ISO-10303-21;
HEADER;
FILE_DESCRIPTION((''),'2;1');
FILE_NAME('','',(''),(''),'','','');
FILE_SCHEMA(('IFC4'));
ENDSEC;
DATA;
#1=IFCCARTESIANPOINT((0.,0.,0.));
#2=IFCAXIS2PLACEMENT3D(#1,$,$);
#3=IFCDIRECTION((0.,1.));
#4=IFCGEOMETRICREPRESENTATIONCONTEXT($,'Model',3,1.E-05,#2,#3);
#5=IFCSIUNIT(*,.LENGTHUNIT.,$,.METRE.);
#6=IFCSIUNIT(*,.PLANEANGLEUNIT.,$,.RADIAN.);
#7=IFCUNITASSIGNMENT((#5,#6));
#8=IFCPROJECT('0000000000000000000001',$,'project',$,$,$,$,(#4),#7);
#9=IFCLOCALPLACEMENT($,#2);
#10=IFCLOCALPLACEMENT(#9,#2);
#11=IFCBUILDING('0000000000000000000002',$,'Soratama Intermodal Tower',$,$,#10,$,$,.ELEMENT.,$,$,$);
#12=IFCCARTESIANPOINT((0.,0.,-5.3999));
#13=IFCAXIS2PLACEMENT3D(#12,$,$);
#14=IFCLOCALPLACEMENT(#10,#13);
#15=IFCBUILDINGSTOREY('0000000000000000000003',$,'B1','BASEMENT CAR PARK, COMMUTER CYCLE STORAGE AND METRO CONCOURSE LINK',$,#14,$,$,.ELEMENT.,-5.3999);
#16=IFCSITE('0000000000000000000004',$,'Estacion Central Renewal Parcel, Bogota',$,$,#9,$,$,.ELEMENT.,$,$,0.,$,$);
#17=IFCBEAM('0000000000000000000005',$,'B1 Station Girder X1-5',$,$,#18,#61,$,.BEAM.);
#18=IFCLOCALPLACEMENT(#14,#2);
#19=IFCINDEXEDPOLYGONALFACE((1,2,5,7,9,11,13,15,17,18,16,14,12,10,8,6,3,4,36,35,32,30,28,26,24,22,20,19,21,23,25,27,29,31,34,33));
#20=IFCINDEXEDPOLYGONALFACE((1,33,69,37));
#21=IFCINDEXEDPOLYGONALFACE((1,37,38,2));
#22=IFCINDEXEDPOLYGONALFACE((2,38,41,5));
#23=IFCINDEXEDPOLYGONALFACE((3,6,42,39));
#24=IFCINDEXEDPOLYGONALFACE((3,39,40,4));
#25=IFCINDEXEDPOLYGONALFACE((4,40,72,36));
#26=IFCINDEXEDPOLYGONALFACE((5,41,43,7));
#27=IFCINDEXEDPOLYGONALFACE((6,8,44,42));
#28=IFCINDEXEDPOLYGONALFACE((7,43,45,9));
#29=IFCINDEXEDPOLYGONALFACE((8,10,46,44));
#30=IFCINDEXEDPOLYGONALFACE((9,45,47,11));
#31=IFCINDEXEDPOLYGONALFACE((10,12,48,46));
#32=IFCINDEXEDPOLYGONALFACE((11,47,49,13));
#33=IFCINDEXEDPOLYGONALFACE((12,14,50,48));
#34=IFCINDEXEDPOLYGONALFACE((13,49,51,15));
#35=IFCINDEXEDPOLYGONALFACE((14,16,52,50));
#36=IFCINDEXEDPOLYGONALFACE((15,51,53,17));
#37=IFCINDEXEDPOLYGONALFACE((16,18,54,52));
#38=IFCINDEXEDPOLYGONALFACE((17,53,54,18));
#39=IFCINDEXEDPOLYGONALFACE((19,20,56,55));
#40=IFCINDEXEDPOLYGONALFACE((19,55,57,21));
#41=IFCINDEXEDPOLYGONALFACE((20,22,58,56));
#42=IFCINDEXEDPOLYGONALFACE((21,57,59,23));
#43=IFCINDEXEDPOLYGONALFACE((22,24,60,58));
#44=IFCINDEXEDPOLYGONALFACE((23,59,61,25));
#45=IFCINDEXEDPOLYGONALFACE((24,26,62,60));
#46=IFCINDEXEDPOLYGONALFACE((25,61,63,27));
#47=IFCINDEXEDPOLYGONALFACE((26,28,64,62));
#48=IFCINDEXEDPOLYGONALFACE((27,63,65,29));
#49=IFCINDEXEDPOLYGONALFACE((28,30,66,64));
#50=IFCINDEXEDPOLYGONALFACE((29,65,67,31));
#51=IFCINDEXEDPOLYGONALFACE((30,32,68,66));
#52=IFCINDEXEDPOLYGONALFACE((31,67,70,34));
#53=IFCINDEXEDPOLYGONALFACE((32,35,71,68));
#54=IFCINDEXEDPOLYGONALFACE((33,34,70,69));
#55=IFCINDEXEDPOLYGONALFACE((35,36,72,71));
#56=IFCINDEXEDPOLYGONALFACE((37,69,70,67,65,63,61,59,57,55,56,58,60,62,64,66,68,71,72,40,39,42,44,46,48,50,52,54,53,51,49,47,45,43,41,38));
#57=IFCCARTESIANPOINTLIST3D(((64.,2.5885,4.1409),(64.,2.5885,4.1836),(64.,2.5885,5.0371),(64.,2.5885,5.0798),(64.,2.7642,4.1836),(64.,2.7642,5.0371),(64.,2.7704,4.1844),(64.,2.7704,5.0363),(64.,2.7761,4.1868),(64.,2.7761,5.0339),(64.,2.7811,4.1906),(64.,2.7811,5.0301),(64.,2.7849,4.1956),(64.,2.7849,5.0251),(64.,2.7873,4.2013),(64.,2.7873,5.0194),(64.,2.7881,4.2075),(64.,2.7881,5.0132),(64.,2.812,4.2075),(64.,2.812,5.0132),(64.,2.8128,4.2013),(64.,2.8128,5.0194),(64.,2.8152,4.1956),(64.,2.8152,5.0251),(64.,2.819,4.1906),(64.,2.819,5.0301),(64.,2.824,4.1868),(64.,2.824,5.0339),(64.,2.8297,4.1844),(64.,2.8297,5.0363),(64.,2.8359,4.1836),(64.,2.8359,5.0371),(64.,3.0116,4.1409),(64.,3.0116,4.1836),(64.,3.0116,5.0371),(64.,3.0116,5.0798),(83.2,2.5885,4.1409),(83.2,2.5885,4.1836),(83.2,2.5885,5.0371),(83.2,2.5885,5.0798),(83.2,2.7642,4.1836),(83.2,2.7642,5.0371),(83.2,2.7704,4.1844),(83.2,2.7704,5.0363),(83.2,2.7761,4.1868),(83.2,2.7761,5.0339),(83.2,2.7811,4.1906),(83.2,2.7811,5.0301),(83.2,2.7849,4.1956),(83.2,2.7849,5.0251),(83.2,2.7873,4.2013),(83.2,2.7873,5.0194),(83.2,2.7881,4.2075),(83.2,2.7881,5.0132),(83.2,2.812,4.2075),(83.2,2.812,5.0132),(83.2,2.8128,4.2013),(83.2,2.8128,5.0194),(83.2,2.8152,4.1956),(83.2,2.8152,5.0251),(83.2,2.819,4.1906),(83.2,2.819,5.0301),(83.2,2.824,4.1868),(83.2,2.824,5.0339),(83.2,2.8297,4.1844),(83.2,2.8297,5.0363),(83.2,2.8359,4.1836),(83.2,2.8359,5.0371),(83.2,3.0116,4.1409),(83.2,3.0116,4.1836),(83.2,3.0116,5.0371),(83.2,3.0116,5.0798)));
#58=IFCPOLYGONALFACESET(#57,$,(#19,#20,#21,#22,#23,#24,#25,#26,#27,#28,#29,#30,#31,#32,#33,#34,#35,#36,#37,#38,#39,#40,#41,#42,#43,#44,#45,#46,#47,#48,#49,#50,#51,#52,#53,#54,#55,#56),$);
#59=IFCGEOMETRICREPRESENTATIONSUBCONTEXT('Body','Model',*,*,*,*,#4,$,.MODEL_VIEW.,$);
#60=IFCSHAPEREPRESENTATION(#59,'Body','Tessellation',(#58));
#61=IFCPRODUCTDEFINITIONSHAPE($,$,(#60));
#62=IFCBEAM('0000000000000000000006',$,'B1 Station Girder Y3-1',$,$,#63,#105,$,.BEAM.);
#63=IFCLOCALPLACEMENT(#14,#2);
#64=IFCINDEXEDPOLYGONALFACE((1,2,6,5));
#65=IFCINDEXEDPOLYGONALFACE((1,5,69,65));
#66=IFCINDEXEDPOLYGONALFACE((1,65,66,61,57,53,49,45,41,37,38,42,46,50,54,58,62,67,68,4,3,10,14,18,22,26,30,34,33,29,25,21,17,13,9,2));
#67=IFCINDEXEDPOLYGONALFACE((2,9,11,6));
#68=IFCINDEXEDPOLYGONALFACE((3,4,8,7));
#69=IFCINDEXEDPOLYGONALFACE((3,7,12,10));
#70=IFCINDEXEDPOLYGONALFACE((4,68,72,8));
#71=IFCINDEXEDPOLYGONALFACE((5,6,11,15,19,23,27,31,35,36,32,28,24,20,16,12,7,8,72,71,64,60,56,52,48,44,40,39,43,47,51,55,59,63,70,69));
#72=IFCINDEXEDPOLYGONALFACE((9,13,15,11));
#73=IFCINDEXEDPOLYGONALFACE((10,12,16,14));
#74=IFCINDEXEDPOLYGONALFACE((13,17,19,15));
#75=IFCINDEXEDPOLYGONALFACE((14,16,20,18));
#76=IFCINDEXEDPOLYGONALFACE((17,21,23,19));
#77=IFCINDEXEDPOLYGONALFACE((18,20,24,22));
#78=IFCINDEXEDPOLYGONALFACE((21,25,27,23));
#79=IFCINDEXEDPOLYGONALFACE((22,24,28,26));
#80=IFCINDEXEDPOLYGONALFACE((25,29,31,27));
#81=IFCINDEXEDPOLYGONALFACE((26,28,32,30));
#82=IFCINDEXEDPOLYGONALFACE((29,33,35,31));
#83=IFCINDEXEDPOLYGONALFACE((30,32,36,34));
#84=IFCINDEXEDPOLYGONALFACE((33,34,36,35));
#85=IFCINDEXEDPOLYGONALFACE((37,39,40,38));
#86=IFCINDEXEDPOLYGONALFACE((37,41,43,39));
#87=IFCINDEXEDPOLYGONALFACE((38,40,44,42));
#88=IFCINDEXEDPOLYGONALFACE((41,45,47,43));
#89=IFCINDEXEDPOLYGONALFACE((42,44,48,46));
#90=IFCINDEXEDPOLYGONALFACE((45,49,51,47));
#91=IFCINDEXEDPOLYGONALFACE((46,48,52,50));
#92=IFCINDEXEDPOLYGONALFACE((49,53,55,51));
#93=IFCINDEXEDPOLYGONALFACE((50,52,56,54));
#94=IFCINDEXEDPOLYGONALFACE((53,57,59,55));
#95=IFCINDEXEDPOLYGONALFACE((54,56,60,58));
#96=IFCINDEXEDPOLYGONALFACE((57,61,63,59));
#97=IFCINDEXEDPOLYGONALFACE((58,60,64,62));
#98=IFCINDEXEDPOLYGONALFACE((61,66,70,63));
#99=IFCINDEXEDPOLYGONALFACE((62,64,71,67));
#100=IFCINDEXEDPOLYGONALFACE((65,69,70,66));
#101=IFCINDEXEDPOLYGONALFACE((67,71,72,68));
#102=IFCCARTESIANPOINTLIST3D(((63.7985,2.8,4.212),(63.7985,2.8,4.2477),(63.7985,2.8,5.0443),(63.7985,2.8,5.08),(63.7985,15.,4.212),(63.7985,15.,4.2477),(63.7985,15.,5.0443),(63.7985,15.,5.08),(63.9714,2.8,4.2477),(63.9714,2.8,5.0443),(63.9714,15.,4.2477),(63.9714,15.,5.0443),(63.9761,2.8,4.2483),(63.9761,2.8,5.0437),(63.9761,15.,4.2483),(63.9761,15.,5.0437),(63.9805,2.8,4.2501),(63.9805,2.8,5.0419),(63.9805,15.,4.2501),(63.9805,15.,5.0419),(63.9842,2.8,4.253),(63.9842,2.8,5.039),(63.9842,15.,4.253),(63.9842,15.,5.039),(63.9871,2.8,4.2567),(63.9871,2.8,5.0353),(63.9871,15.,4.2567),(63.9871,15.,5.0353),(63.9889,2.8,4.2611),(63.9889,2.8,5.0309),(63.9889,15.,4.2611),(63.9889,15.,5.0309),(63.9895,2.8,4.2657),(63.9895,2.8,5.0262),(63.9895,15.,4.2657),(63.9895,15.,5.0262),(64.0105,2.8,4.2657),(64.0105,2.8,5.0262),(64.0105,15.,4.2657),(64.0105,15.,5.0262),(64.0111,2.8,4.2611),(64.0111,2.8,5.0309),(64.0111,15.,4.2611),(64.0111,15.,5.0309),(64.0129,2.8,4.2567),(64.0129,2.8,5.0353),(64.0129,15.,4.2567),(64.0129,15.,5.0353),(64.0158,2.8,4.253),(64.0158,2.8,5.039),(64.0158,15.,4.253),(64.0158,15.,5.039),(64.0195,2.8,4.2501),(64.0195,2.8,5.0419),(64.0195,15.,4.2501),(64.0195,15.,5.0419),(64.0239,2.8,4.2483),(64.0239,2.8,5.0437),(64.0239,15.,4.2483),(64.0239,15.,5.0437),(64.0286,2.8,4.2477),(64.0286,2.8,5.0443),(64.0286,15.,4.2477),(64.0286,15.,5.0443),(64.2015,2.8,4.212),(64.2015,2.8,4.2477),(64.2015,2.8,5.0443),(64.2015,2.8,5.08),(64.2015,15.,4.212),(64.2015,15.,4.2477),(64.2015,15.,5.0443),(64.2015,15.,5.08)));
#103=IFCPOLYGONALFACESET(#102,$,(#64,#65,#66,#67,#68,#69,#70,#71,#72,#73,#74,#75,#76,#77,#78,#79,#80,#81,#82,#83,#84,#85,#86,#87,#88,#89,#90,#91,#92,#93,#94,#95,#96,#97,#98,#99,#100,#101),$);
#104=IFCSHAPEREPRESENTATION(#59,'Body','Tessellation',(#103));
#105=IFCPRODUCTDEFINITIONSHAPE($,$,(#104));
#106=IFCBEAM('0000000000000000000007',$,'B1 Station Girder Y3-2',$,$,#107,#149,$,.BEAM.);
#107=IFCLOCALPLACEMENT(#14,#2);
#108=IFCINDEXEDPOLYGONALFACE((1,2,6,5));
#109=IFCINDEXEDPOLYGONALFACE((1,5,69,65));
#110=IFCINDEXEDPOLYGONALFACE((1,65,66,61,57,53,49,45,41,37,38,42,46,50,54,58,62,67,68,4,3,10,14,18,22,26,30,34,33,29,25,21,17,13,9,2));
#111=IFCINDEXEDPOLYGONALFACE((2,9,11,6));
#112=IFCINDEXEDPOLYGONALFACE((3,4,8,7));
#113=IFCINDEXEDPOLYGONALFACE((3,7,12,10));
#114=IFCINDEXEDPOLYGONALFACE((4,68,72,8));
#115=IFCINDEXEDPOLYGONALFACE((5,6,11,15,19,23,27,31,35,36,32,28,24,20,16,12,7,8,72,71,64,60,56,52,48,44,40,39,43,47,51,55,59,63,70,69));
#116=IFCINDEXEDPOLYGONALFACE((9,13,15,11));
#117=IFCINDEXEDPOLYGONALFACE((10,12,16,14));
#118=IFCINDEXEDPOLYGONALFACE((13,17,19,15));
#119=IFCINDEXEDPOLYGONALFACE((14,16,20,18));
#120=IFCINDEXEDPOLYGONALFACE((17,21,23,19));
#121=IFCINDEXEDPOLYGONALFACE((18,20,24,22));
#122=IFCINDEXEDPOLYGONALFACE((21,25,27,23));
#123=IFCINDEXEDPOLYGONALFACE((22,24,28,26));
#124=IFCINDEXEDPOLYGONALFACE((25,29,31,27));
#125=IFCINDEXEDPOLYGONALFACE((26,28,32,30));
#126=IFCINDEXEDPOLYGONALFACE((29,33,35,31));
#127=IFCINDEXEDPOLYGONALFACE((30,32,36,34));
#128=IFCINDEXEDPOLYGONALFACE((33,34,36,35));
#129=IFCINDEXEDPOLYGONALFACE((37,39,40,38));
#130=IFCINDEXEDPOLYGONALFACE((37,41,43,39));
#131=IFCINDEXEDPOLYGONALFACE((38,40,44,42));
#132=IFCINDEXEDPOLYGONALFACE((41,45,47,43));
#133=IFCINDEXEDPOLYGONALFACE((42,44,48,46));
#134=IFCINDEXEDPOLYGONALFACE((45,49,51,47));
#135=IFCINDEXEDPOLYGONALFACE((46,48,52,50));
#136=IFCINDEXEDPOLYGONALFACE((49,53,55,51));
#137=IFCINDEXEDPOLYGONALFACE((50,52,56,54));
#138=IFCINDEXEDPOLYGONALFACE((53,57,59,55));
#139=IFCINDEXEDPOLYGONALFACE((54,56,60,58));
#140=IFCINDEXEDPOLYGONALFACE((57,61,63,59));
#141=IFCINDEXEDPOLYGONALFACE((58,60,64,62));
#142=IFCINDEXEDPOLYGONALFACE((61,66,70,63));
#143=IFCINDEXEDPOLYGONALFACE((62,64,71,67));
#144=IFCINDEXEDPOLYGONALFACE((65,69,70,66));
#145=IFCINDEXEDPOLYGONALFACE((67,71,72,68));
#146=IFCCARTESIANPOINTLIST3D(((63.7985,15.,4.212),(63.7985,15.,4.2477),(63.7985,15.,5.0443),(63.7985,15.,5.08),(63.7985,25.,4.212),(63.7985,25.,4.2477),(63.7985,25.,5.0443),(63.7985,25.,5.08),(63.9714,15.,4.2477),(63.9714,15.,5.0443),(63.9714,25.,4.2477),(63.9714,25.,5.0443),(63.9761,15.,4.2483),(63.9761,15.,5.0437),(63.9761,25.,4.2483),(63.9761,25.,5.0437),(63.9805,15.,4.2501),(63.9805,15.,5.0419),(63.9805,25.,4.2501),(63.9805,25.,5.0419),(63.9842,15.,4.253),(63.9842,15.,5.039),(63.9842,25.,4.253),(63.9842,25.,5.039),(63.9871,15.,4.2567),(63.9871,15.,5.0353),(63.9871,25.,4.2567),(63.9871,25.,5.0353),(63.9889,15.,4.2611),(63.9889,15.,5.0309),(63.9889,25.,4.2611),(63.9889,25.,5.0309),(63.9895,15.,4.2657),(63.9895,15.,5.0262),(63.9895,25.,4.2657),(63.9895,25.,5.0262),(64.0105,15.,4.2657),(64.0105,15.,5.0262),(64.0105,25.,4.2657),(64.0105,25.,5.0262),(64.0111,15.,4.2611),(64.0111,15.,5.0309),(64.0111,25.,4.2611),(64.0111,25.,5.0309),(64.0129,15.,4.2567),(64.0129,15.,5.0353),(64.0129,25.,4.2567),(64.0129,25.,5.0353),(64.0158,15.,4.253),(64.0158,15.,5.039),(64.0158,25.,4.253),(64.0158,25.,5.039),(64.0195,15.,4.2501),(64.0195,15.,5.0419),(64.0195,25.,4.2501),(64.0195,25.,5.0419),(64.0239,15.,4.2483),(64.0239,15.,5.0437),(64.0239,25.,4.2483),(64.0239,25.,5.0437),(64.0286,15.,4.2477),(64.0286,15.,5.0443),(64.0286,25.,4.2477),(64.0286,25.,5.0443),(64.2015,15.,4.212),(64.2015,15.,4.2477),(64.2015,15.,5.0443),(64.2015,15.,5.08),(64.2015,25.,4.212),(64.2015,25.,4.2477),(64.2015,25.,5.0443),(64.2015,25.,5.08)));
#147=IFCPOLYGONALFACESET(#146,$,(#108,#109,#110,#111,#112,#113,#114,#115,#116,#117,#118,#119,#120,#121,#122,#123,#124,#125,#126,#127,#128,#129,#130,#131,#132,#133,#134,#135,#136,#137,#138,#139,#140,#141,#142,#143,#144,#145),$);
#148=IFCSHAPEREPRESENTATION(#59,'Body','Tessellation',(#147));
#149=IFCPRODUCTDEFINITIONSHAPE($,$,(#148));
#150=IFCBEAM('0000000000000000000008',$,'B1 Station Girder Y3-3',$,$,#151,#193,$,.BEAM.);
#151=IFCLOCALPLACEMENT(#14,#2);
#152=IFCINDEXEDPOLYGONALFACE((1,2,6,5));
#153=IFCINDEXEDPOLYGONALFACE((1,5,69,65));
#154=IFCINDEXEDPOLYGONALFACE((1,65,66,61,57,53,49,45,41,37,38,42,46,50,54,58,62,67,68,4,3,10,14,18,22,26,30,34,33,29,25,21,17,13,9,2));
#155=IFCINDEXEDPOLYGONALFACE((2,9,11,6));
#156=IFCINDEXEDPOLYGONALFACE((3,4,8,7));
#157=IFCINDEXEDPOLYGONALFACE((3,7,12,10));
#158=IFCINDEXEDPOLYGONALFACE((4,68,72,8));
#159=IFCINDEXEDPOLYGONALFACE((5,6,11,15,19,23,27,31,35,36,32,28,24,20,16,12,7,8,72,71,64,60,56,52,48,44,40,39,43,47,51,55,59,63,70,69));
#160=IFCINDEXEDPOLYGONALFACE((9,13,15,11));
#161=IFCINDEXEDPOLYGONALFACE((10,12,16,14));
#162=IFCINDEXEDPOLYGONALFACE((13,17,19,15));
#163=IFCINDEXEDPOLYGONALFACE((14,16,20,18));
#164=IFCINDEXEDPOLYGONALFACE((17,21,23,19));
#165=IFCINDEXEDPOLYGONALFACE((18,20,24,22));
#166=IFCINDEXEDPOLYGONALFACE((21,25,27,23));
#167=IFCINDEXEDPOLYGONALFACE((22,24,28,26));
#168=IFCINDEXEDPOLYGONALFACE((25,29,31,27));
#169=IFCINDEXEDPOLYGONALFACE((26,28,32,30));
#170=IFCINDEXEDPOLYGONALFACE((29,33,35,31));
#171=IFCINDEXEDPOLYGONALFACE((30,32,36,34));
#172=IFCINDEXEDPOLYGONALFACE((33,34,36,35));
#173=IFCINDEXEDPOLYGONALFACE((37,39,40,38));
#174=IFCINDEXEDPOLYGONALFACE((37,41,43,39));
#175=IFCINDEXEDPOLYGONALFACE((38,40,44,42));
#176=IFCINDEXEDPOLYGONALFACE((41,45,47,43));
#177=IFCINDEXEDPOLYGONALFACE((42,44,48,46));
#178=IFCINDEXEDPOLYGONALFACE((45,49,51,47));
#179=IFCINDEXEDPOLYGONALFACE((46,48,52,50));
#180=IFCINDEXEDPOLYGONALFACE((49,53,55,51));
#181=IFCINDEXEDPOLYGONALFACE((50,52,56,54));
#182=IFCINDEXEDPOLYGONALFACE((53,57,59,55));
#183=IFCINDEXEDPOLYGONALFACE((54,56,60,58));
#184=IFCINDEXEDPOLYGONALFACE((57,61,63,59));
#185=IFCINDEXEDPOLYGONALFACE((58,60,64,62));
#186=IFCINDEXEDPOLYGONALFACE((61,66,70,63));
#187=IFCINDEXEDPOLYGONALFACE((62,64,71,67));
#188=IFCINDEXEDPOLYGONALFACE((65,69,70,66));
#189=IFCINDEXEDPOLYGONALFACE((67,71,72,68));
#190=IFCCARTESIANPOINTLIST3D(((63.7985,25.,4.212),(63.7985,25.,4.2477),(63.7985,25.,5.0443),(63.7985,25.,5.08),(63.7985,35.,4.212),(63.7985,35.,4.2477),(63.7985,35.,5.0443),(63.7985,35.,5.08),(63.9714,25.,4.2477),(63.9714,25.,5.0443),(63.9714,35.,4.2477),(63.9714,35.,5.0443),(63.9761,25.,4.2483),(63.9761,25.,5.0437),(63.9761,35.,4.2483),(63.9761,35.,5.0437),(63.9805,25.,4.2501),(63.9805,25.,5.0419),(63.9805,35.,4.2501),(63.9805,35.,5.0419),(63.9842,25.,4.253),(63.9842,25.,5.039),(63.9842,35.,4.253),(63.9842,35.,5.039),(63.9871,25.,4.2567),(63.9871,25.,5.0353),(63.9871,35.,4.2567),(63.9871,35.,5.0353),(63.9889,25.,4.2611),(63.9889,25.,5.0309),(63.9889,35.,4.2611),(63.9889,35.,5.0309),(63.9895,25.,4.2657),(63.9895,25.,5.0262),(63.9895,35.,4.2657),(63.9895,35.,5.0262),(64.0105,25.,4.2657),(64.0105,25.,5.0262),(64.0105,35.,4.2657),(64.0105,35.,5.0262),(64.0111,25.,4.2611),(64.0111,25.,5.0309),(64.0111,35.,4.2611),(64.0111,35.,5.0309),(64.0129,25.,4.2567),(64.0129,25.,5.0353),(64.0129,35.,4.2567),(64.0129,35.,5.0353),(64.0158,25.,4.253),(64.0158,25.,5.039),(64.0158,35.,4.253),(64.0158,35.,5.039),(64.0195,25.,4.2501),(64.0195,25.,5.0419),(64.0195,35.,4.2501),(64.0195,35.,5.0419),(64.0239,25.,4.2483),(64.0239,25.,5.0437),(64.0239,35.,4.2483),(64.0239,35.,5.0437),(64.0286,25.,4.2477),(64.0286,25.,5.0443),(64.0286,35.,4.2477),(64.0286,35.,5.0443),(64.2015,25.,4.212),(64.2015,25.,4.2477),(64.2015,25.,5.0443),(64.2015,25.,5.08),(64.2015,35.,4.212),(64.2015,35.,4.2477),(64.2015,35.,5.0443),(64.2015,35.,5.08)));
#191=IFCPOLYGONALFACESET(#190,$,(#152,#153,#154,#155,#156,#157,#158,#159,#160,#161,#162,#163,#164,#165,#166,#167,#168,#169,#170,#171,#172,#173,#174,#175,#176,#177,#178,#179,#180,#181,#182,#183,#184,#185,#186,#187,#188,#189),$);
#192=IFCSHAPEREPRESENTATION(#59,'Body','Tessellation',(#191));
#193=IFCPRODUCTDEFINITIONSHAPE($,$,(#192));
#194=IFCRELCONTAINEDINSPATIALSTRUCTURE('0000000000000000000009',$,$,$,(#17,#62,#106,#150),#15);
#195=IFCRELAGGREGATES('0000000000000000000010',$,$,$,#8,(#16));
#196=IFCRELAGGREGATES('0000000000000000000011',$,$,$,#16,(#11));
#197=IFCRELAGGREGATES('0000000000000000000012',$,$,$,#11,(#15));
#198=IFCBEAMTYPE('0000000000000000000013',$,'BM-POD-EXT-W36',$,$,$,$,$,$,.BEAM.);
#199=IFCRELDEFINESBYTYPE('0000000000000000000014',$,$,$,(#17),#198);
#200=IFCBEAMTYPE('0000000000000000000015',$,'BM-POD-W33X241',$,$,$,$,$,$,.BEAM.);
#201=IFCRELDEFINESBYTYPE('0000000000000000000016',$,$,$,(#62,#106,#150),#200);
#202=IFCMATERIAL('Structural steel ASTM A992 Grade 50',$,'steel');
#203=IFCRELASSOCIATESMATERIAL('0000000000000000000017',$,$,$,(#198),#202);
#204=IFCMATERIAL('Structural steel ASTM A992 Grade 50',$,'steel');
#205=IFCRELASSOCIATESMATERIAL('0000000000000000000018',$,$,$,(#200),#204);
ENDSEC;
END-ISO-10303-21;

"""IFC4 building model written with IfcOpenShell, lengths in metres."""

from ifc_helpers import new_model, si_unit, direction, frame, origin, origin_2d, place, context, subcontext, project, spatial, i_section, extrude, material, material_profile, profile_set, type_object, element, save


model = new_model("IFC4")

# Units and contexts
model_context = context("Model", 3, precision=1e-05, world=origin(), true_north=direction((0.0, 1.0)))
body_context = subcontext(model_context, "Body", "Model", "MODEL_VIEW")
ifc_project = project(units=[si_unit("LENGTHUNIT", "METRE"), si_unit("PLANEANGLEUNIT", "RADIAN")], contexts=[model_context])

# Site, building, storey
site_placement = place(None, origin())
site = spatial("IfcSite", under=ifc_project, at=site_placement, Name="Estacion Central Renewal Parcel, Bogota", CompositionType="ELEMENT", RefElevation=0.0)
building_placement = place(site_placement, origin())
building = spatial("IfcBuilding", under=site, at=building_placement, Name="Soratama Intermodal Tower", CompositionType="ELEMENT")
storey_placement = place(building_placement, frame((0.0, 0.0, -5.3999)))
storey = spatial("IfcBuildingStorey", under=building, at=storey_placement, Name="B1", Description="BASEMENT CAR PARK, COMMUTER CYCLE STORAGE AND METRO CONCOURSE LINK", CompositionType="ELEMENT", Elevation=-5.3999)

# Beams
ifc_material_1 = material(Name="Structural steel ASTM A992 Grade 50", Category="steel")
ifc_material_profile_1 = material_profile(ifc_material_1, i_section(OverallWidth=0.4231, OverallDepth=0.939, WebThickness=0.0239, FlangeThickness=0.0427, FilletRadius=0.0239, at=origin_2d()), Name="W36X302")
ifc_profile_set_1 = profile_set([ifc_material_profile_1], Name="Structural steel ASTM A992 Grade 50")
beam_type_1 = type_object("IfcBeamType", Name="BM-POD-EXT-W36", PredefinedType="BEAM", material=ifc_profile_set_1)
beam_1_placement = place(storey_placement, frame((64.0, 2.8, 4.6104), z_axis=(1.0, 0.0, 0.0), x_axis=(0.0, 1.0, 0.0)))
element("IfcBeam", 1, at=beam_1_placement, inside=storey, type_object=beam_type_1, Name="B1 Station Girder X1-5", PredefinedType="BEAM", context=body_context, shape_type="SweptSolid", body=[
    extrude(i_section(OverallWidth=0.4231, OverallDepth=0.939, WebThickness=0.0239, FlangeThickness=0.0427, FilletRadius=0.0239, at=origin_2d()), origin(), (0.0, 0.0, 1.0), 19.2),
])
ifc_material_2 = material(Name="Structural steel ASTM A992 Grade 50", Category="steel")
ifc_material_profile_2 = material_profile(ifc_material_2, i_section(OverallWidth=0.4031, OverallDepth=0.8679, WebThickness=0.021, FlangeThickness=0.0356, FilletRadius=0.0181, at=origin_2d()), Name="W33X241")
ifc_profile_set_2 = profile_set([ifc_material_profile_2], Name="Structural steel ASTM A992 Grade 50")
beam_type_2 = type_object("IfcBeamType", Name="BM-POD-W33X241", PredefinedType="BEAM", material=ifc_profile_set_2)
beam_2_placement = place(storey_placement, frame((64.0, 2.8, 4.646), z_axis=(0.0, 1.0, 0.0), x_axis=(-1.0, 0.0, 0.0)))
element("IfcBeam", 2, at=beam_2_placement, inside=storey, type_object=beam_type_2, Name="B1 Station Girder Y3-1", PredefinedType="BEAM", context=body_context, shape_type="SweptSolid", body=[
    extrude(i_section(OverallWidth=0.4031, OverallDepth=0.8679, WebThickness=0.021, FlangeThickness=0.0356, FilletRadius=0.0181, at=origin_2d()), origin(), (0.0, 0.0, 1.0), 12.2),
])
for number, where, z_axis, x_axis, name in (
    (3, (64.0, 15.0, 4.646), (0.0, 1.0, 0.0), (-1.0, 0.0, 0.0), "B1 Station Girder Y3-2"),
    (4, (64.0, 25.0, 4.646), (0.0, 1.0, 0.0), (-1.0, 0.0, 0.0), "B1 Station Girder Y3-3"),
):
    element("IfcBeam", number, at=place(storey_placement, frame(where, z_axis=z_axis, x_axis=x_axis)), inside=storey, type_object=beam_type_2, Name=name, PredefinedType="BEAM", context=body_context, shape_type="SweptSolid", body=[
        extrude(i_section(OverallWidth=0.4031, OverallDepth=0.8679, WebThickness=0.021, FlangeThickness=0.0356, FilletRadius=0.0181, at=origin_2d()), origin(), (0.0, 0.0, 1.0), 10.0),
    ])

save(model, "model.ifc")
